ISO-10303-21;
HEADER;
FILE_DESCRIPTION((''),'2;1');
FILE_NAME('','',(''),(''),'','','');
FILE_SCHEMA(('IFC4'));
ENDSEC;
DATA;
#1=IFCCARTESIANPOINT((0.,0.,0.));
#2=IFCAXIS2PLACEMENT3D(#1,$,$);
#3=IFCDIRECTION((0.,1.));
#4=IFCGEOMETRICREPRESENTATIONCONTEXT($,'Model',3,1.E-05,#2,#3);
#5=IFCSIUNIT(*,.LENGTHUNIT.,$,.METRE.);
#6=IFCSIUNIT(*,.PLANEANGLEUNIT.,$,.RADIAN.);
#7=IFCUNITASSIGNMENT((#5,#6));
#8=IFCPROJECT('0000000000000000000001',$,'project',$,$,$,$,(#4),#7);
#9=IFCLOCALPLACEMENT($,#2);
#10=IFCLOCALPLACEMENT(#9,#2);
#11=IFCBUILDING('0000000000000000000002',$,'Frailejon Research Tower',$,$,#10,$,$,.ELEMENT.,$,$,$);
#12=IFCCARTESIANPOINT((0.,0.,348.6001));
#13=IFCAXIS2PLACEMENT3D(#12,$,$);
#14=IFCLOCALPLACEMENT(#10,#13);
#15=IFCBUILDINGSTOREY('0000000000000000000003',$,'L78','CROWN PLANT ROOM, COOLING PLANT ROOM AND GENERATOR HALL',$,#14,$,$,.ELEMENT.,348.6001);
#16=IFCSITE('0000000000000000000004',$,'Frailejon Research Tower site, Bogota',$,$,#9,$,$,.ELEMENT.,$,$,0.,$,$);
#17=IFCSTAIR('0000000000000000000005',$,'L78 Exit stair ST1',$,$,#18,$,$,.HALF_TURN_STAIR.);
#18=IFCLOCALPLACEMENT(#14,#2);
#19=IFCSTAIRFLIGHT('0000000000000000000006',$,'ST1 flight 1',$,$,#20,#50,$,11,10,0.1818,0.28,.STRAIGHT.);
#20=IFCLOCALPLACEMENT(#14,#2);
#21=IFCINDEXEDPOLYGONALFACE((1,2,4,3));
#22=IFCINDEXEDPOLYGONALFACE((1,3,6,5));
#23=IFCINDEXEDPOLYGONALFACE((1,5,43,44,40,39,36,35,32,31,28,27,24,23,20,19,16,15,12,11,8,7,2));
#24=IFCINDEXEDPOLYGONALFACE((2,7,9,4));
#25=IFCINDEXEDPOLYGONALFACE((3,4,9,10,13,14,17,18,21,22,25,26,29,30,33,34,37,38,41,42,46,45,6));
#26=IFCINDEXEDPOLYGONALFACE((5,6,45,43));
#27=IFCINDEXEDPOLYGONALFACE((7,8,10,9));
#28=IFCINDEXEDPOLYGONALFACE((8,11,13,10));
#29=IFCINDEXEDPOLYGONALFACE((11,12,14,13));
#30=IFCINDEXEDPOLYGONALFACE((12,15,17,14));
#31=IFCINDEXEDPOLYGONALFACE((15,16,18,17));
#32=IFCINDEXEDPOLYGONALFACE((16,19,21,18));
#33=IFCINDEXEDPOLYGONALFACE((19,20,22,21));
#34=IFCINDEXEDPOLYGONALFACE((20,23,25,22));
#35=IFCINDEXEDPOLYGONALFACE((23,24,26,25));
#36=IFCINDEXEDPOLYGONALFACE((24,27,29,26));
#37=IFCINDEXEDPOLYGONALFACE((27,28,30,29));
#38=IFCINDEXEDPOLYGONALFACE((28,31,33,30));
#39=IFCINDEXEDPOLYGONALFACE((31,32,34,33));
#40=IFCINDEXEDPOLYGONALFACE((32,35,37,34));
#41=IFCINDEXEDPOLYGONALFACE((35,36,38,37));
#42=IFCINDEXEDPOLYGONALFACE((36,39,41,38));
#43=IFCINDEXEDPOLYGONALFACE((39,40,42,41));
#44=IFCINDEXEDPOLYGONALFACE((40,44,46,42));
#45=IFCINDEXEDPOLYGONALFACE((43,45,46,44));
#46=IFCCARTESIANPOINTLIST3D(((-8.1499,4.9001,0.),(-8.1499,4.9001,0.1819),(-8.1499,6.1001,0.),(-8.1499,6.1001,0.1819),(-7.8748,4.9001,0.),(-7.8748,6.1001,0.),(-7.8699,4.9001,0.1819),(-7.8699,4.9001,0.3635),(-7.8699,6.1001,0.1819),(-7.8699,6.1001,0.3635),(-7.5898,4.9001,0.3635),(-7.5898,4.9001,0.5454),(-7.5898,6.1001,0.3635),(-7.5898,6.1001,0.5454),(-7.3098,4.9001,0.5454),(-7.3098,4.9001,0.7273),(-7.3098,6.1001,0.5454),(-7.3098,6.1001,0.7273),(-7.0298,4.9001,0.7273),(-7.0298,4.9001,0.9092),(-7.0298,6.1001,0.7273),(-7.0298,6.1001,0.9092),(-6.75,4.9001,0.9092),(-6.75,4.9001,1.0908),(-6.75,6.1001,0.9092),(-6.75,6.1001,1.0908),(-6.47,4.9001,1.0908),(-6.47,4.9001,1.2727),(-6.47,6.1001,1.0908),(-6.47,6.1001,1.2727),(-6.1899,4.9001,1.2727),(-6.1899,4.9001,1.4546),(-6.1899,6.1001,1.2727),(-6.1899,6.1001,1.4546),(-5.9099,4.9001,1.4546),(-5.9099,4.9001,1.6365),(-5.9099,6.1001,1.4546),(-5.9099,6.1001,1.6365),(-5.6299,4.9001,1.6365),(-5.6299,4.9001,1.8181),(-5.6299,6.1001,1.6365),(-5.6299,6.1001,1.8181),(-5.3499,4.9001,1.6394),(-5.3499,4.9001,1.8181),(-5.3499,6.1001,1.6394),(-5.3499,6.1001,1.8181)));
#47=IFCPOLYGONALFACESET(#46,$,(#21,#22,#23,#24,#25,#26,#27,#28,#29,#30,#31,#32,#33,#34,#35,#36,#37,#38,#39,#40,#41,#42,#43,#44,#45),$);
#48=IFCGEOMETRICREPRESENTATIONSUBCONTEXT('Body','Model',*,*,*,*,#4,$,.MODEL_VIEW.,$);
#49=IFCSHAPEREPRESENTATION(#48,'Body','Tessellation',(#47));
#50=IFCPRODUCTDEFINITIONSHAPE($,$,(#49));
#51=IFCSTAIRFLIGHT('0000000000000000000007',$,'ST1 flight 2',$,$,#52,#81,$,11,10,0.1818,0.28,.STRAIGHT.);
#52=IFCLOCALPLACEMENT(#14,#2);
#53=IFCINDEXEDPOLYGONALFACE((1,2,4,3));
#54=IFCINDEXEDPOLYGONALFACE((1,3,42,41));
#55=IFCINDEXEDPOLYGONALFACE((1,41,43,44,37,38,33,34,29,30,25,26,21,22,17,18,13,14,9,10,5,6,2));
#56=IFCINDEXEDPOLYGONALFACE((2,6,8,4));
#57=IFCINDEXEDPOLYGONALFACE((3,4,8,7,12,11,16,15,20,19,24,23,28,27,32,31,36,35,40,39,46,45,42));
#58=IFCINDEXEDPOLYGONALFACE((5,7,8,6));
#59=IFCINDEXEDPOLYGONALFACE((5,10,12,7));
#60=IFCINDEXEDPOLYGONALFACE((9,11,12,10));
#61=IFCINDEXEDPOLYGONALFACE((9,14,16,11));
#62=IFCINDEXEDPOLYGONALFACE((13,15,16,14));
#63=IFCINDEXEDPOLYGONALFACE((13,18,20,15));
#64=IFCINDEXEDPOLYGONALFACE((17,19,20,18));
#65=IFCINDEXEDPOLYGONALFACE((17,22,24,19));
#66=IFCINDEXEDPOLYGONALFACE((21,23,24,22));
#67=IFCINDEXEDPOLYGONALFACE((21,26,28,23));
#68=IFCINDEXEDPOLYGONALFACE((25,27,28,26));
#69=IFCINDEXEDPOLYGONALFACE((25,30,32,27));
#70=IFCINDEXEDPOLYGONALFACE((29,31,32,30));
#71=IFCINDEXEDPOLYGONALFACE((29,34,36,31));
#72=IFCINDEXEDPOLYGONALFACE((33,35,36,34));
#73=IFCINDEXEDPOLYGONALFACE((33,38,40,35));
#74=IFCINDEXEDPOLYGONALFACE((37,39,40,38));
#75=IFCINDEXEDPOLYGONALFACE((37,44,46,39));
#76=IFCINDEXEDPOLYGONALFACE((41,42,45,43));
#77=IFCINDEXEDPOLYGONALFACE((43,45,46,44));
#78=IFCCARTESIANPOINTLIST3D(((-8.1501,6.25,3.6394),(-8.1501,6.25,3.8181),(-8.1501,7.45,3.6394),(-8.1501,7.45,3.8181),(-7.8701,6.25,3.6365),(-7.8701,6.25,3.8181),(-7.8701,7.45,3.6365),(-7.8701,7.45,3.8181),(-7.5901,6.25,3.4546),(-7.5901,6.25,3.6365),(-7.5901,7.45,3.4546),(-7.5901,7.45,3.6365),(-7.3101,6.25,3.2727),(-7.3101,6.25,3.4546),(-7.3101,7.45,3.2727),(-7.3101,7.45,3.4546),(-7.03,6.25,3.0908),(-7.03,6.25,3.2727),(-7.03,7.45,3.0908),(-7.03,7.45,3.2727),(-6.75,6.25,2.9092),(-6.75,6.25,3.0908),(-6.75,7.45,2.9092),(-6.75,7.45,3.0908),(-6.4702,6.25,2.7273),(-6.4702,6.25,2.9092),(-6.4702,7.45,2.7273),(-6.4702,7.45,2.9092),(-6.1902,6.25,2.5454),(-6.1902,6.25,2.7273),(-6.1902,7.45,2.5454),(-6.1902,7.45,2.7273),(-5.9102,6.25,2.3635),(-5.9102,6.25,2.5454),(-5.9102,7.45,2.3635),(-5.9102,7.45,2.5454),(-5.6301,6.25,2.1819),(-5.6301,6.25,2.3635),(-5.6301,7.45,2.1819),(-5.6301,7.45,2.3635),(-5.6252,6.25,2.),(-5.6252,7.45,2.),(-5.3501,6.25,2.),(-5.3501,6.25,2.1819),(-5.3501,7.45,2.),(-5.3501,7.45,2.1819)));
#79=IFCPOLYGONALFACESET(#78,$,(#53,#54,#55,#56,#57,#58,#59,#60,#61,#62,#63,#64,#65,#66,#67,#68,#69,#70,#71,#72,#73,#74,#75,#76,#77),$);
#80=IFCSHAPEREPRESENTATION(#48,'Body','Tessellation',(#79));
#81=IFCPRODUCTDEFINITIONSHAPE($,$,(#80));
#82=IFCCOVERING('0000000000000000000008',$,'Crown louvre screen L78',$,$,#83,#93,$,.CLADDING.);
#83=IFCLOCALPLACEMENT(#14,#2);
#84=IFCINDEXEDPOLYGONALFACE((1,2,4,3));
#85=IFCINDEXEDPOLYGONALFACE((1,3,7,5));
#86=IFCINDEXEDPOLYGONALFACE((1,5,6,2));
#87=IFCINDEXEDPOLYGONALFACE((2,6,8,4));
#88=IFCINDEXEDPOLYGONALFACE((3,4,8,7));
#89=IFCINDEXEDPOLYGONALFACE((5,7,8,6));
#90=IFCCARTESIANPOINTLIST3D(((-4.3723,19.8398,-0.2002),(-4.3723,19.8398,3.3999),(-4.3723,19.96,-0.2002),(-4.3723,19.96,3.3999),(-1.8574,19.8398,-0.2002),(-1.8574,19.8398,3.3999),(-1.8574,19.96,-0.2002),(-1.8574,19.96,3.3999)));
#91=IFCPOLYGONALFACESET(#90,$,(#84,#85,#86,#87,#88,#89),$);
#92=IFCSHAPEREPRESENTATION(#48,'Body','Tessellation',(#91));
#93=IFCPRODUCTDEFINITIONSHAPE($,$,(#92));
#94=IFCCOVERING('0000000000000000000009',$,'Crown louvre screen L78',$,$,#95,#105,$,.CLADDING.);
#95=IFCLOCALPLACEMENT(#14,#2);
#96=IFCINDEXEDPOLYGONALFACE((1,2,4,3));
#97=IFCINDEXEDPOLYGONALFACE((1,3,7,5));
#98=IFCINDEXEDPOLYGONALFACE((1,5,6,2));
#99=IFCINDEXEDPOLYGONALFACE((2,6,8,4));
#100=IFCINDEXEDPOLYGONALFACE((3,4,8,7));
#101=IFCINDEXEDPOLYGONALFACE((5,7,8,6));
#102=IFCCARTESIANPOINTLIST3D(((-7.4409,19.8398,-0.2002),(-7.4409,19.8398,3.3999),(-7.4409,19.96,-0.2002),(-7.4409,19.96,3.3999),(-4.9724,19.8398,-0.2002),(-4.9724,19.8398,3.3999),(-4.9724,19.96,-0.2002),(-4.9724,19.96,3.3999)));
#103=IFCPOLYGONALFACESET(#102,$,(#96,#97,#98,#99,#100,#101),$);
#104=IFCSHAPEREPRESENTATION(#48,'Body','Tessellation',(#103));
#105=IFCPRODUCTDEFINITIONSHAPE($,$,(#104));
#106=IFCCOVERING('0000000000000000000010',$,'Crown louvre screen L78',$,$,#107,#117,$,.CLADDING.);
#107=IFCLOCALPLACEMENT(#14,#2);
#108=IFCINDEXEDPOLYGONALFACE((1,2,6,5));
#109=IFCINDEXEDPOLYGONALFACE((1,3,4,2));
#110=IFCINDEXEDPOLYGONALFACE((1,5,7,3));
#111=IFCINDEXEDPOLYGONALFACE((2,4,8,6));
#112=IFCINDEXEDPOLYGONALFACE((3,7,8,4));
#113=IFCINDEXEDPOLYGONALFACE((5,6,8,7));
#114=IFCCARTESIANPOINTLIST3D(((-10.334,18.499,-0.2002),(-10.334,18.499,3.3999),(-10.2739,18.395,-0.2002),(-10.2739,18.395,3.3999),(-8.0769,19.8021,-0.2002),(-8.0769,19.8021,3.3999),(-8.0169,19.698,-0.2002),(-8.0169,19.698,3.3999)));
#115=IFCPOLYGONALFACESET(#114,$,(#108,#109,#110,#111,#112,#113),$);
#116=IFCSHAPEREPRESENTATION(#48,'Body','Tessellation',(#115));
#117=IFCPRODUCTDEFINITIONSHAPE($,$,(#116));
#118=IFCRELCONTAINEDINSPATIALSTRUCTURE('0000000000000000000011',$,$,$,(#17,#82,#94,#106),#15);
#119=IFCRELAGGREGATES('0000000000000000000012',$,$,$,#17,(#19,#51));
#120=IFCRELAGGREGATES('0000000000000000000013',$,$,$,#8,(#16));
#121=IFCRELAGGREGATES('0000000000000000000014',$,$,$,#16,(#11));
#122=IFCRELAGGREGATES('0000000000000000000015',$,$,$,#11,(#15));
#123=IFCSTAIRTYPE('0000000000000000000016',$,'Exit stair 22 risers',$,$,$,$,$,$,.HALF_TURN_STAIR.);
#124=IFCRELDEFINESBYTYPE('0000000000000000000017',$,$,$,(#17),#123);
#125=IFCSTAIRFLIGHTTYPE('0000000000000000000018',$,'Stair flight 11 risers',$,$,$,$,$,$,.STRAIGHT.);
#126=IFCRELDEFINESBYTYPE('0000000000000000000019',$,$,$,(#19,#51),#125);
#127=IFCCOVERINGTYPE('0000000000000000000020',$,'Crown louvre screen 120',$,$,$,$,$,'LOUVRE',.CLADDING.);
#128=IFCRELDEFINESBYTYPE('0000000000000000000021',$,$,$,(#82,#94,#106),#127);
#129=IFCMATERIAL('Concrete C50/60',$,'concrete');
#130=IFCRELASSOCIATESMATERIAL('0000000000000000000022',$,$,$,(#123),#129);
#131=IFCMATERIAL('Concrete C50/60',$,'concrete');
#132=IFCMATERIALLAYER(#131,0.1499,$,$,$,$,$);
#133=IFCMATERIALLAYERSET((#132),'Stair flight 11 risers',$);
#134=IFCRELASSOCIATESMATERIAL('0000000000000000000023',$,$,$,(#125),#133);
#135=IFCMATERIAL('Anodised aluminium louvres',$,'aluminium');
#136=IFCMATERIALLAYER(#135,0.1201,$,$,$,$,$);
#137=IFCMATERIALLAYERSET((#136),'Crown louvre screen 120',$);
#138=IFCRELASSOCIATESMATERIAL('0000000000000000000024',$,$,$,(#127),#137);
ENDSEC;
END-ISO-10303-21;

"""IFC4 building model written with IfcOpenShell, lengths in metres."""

from ifc_helpers import new_model, si_unit, direction, frame, origin, place, context, subcontext, project, spatial, polyline, outline, extrude, material, layer, layer_set, type_object, element, aggregate, save


model = new_model("IFC4")

# Units and contexts
model_context = context("Model", 3, precision=1e-05, world=origin(), true_north=direction((0.0, 1.0)))
body_context = subcontext(model_context, "Body", "Model", "MODEL_VIEW")
ifc_project = project(units=[si_unit("LENGTHUNIT", "METRE"), si_unit("PLANEANGLEUNIT", "RADIAN")], contexts=[model_context])

# Site, building, storey
site_placement = place(None, origin())
site = spatial("IfcSite", under=ifc_project, at=site_placement, Name="Frailejon Research Tower site, Bogota", CompositionType="ELEMENT", RefElevation=0.0)
building_placement = place(site_placement, origin())
building = spatial("IfcBuilding", under=site, at=building_placement, Name="Frailejon Research Tower", CompositionType="ELEMENT")
storey_placement = place(building_placement, frame((0.0, 0.0, 348.6001)))
storey = spatial("IfcBuildingStorey", under=building, at=storey_placement, Name="L78", Description="CROWN PLANT ROOM, COOLING PLANT ROOM AND GENERATOR HALL", CompositionType="ELEMENT", Elevation=348.6001)

# Stair, stair flights
ifc_material_1 = material(Name="Concrete C50/60", Category="concrete")
stair_type = type_object("IfcStairType", Name="Exit stair 22 risers", PredefinedType="HALF_TURN_STAIR", material=ifc_material_1)
stair_placement = place(storey_placement, origin())
stair = element("IfcStair", 1, at=stair_placement, inside=storey, type_object=stair_type, Name="L78 Exit stair ST1", PredefinedType="HALF_TURN_STAIR")
ifc_material_2 = material(Name="Concrete C50/60", Category="concrete")
ifc_layer_1 = layer(ifc_material_2, 0.1499)
ifc_layer_set_1 = layer_set([ifc_layer_1], Name="Stair flight 11 risers")
stair_flight_type = type_object("IfcStairFlightType", Name="Stair flight 11 risers", PredefinedType="STRAIGHT", material=ifc_layer_set_1)
stair_flight_1_placement = place(storey_placement, frame((-8.1499, 5.5, 0.0), z_axis=(0.0, 0.0, 1.0), x_axis=(1.0, 0.0, 0.0)))
stair_flight_1 = element("IfcStairFlight", 2, at=stair_flight_1_placement, type_object=stair_flight_type, Name="ST1 flight 1", NumberOfRisers=11, NumberOfTreads=10, PredefinedType="STRAIGHT", RiserHeight=0.1818, TreadLength=0.28, context=body_context, shape_type="SweptSolid", body=[
    extrude(outline(polyline([(0.0, 0.0), (0.0, 0.1819), (0.28, 0.1819), (0.28, 0.3635), (0.5601, 0.3635), (0.5601, 0.5454), (0.8401, 0.5454), (0.8401, 0.7273), (1.1201, 0.7273), (1.1201, 0.9092), (1.3999, 0.9092), (1.3999, 1.0908), (1.6799, 1.0908), (1.6799, 1.2727), (1.96, 1.2727), (1.96, 1.4546), (2.24, 1.4546), (2.24, 1.6365), (2.52, 1.6365), (2.52, 1.8181), (2.8, 1.8181), (2.8, 2.0), (2.8, 1.6394), (0.2751, 0.0), (0.0, 0.0)])), frame((0.0, 0.6001, 0.0), z_axis=(0.0, -1.0, 0.0), x_axis=(1.0, 0.0, 0.0)), (0.0, 0.0, 1.0), 1.2),
])
stair_flight_2_placement = place(storey_placement, frame((-5.3501, 6.8501, 2.0), z_axis=(0.0, 0.0, 1.0), x_axis=(-1.0, 0.0, 0.0)))
stair_flight_2 = element("IfcStairFlight", 3, at=stair_flight_2_placement, type_object=stair_flight_type, Name="ST1 flight 2", NumberOfRisers=11, NumberOfTreads=10, PredefinedType="STRAIGHT", RiserHeight=0.1818, TreadLength=0.28, context=body_context, shape_type="SweptSolid", body=[
    extrude(outline(polyline([(0.0, 0.0), (0.0, 0.1819), (0.28, 0.1819), (0.28, 0.3635), (0.5601, 0.3635), (0.5601, 0.5454), (0.8401, 0.5454), (0.8401, 0.7273), (1.1201, 0.7273), (1.1201, 0.9092), (1.3999, 0.9092), (1.3999, 1.0908), (1.6799, 1.0908), (1.6799, 1.2727), (1.96, 1.2727), (1.96, 1.4546), (2.24, 1.4546), (2.24, 1.6365), (2.52, 1.6365), (2.52, 1.8181), (2.8, 1.8181), (2.8, 2.0), (2.8, 1.6394), (0.2751, 0.0), (0.0, 0.0)])), frame((0.0, 0.6001, 0.0), z_axis=(0.0, -1.0, 0.0), x_axis=(1.0, 0.0, 0.0)), (0.0, 0.0, 1.0), 1.2),
])
aggregate(stair, [stair_flight_1, stair_flight_2])

# Coverings
ifc_material_3 = material(Name="Anodised aluminium louvres", Category="aluminium")
ifc_layer_2 = layer(ifc_material_3, 0.1201)
ifc_layer_set_2 = layer_set([ifc_layer_2], Name="Crown louvre screen 120")
covering_type = type_object("IfcCoveringType", Name="Crown louvre screen 120", ElementType="LOUVRE", PredefinedType="CLADDING", material=ifc_layer_set_2)
covering_1_placement = place(storey_placement, frame((-4.3723, 19.8999, -0.2002), z_axis=(1.0, 0.0, 0.0), x_axis=(0.0, 1.0, 0.0)))
element("IfcCovering", 4, at=covering_1_placement, inside=storey, type_object=covering_type, Name="Crown louvre screen L78", PredefinedType="CLADDING", context=body_context, shape_type="SweptSolid", body=[
    extrude(outline(polyline([(-0.0601, 0.0), (0.0601, 0.0), (0.0601, 3.6001), (-0.0601, 3.6001), (-0.0601, 0.0)])), origin(), (0.0, 0.0, 1.0), 2.5149),
])
covering_2_placement = place(storey_placement, frame((-7.4409, 19.8999, -0.2002), z_axis=(1.0, 0.0, 0.0), x_axis=(0.0, 1.0, 0.0)))
element("IfcCovering", 5, at=covering_2_placement, inside=storey, type_object=covering_type, Name="Crown louvre screen L78", PredefinedType="CLADDING", context=body_context, shape_type="SweptSolid", body=[
    extrude(outline(polyline([(-0.0601, 0.0), (0.0601, 0.0), (0.0601, 3.6001), (-0.0601, 3.6001), (-0.0601, 0.0)])), origin(), (0.0, 0.0, 1.0), 2.4685),
])
covering_3_placement = place(storey_placement, frame((-10.304, 18.447, -0.2002), z_axis=(0.866039, 0.499977, 0.0), x_axis=(-0.499977, 0.866039, 0.0)))
element("IfcCovering", 6, at=covering_3_placement, inside=storey, type_object=covering_type, Name="Crown louvre screen L78", PredefinedType="CLADDING", context=body_context, shape_type="SweptSolid", body=[
    extrude(outline(polyline([(-0.0601, 0.0), (0.0601, 0.0), (0.0601, 3.6001), (-0.0601, 3.6001), (-0.0601, 0.0)])), origin(), (0.0, 0.0, 1.0), 2.6062),
])

save(model, "model.ifc")
